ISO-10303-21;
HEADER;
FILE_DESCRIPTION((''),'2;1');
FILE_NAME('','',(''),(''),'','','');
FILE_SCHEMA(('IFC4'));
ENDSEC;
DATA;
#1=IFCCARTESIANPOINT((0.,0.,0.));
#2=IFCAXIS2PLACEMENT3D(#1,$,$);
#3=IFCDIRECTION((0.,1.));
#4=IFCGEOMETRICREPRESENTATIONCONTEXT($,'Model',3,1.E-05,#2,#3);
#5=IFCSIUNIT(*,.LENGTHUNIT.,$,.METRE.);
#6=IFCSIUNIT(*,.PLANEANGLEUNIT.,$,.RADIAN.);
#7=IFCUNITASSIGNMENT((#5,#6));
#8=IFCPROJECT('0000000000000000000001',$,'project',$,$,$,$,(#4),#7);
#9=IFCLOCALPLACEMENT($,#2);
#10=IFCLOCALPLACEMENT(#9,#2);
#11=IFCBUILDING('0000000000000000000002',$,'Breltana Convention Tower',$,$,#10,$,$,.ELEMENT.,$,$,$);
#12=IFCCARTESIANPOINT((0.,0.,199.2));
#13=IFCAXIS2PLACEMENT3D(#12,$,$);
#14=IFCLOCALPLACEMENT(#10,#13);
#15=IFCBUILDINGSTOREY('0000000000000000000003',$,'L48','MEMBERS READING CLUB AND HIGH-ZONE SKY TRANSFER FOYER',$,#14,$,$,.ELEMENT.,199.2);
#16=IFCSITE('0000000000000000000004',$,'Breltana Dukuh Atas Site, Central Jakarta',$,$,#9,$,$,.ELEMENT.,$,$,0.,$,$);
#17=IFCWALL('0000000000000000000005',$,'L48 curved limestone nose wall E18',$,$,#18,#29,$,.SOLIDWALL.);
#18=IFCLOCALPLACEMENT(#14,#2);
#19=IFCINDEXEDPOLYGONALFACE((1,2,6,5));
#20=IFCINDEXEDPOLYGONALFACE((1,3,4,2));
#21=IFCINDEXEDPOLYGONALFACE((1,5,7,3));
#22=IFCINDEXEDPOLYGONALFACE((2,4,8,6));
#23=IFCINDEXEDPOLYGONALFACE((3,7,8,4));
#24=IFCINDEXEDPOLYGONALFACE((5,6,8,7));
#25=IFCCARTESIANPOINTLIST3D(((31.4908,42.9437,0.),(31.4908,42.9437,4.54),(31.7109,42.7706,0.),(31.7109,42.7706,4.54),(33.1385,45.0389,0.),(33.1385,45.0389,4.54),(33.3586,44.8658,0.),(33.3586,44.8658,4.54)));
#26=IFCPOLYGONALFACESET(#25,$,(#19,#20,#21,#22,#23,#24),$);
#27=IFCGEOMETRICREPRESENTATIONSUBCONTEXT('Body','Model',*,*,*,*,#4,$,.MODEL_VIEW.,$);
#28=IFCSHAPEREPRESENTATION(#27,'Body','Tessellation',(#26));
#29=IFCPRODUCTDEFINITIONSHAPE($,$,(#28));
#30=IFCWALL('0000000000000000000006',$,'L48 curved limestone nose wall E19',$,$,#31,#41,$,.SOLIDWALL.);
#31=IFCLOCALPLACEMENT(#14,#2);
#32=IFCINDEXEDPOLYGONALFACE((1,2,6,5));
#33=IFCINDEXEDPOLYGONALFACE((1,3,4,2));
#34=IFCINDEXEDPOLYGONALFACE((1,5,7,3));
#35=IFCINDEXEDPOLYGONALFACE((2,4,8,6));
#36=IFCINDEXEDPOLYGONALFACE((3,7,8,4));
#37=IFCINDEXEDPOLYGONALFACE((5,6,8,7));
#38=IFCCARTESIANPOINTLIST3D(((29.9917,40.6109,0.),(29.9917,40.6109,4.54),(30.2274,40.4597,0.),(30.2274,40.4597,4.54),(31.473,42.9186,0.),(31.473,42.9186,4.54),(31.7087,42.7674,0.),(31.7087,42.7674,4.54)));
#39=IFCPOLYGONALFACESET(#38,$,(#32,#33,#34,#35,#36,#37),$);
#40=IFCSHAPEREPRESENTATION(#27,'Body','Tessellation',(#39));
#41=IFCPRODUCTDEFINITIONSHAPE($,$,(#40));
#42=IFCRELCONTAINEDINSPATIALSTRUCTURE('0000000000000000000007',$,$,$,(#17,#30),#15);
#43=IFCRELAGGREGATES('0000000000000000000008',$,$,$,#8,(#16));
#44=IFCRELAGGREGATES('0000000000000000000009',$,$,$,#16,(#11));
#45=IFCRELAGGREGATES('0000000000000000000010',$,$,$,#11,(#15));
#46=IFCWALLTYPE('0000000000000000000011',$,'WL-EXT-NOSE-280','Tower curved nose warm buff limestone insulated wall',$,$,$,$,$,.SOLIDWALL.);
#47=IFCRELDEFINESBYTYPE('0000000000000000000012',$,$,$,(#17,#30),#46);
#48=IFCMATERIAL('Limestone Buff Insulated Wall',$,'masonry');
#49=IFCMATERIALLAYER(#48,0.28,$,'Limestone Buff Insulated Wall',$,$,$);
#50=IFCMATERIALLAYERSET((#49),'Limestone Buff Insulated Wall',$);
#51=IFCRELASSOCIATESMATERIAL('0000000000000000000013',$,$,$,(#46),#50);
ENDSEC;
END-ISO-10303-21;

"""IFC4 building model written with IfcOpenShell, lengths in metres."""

from ifc_helpers import new_model, si_unit, direction, frame, frame_2d, origin, place, context, subcontext, project, spatial, rectangle, extrude, source, transform, mapped, material, layer, layer_set, type_object, element, save


model = new_model("IFC4")

# Units and contexts
model_context = context("Model", 3, precision=1e-05, world=origin(), true_north=direction((0.0, 1.0)))
body_context = subcontext(model_context, "Body", "Model", "MODEL_VIEW")
ifc_project = project(units=[si_unit("LENGTHUNIT", "METRE"), si_unit("PLANEANGLEUNIT", "RADIAN")], contexts=[model_context])

# Site, building, storey
site_placement = place(None, origin())
site = spatial("IfcSite", under=ifc_project, at=site_placement, Name="Breltana Dukuh Atas Site, Central Jakarta", CompositionType="ELEMENT", RefElevation=0.0)
building_placement = place(site_placement, origin())
building = spatial("IfcBuilding", under=site, at=building_placement, Name="Breltana Convention Tower", CompositionType="ELEMENT")
storey_placement = place(building_placement, frame((0.0, 0.0, 199.2)))
storey = spatial("IfcBuildingStorey", under=building, at=storey_placement, Name="L48", Description="MEMBERS READING CLUB AND HIGH-ZONE SKY TRANSFER FOYER", CompositionType="ELEMENT", Elevation=199.2)

# Shared definitions
ifc_material_1 = material(Name="Limestone Buff Insulated Wall", Category="masonry")
ifc_layer_1 = layer(ifc_material_1, 0.28, Name="Limestone Buff Insulated Wall")
ifc_layer_set_1 = layer_set([ifc_layer_1], Name="Limestone Buff Insulated Wall")
wall_type = type_object("IfcWallType", Name="WL-EXT-NOSE-280", Description="Tower curved nose warm buff limestone insulated wall", PredefinedType="SOLIDWALL", material=ifc_layer_set_1)

# Walls
shared_shape_1 = source(origin(), body_context, "Body", "SweptSolid", [
    extrude(rectangle(XDim=2.6655, YDim=0.28, at=frame_2d((1.3328, 0.0))), origin(), (0.0, 0.0, 1.0), 4.54),
])
wall_1_placement = place(storey_placement, frame((33.2485, 44.9524, 0.0), z_axis=(0.0, 0.0, 1.0), x_axis=(-0.618161, -0.786051, 0.0)))
element("IfcWall", 1, at=wall_1_placement, inside=storey, type_object=wall_type, Name="L48 curved limestone nose wall E18", PredefinedType="SOLIDWALL", context=body_context, shape_type="MappedRepresentation", body=[
    mapped(shared_shape_1, transform((0.0, 0.0, 0.0), scale=1.0)),
])
shared_shape_2 = source(origin(), body_context, "Body", "SweptSolid", [
    extrude(rectangle(XDim=2.7422, YDim=0.28, at=frame_2d((1.3711, 0.0))), origin(), (0.0, 0.0, 1.0), 4.54),
])
wall_2_placement = place(storey_placement, frame((31.5908, 42.843, 0.0), z_axis=(0.0, 0.0, 1.0), x_axis=(-0.540172, -0.841554, 0.0)))
element("IfcWall", 2, at=wall_2_placement, inside=storey, type_object=wall_type, Name="L48 curved limestone nose wall E19", PredefinedType="SOLIDWALL", context=body_context, shape_type="MappedRepresentation", body=[
    mapped(shared_shape_2, transform((0.0, 0.0, 0.0), scale=1.0)),
])

save(model, "model.ifc")
